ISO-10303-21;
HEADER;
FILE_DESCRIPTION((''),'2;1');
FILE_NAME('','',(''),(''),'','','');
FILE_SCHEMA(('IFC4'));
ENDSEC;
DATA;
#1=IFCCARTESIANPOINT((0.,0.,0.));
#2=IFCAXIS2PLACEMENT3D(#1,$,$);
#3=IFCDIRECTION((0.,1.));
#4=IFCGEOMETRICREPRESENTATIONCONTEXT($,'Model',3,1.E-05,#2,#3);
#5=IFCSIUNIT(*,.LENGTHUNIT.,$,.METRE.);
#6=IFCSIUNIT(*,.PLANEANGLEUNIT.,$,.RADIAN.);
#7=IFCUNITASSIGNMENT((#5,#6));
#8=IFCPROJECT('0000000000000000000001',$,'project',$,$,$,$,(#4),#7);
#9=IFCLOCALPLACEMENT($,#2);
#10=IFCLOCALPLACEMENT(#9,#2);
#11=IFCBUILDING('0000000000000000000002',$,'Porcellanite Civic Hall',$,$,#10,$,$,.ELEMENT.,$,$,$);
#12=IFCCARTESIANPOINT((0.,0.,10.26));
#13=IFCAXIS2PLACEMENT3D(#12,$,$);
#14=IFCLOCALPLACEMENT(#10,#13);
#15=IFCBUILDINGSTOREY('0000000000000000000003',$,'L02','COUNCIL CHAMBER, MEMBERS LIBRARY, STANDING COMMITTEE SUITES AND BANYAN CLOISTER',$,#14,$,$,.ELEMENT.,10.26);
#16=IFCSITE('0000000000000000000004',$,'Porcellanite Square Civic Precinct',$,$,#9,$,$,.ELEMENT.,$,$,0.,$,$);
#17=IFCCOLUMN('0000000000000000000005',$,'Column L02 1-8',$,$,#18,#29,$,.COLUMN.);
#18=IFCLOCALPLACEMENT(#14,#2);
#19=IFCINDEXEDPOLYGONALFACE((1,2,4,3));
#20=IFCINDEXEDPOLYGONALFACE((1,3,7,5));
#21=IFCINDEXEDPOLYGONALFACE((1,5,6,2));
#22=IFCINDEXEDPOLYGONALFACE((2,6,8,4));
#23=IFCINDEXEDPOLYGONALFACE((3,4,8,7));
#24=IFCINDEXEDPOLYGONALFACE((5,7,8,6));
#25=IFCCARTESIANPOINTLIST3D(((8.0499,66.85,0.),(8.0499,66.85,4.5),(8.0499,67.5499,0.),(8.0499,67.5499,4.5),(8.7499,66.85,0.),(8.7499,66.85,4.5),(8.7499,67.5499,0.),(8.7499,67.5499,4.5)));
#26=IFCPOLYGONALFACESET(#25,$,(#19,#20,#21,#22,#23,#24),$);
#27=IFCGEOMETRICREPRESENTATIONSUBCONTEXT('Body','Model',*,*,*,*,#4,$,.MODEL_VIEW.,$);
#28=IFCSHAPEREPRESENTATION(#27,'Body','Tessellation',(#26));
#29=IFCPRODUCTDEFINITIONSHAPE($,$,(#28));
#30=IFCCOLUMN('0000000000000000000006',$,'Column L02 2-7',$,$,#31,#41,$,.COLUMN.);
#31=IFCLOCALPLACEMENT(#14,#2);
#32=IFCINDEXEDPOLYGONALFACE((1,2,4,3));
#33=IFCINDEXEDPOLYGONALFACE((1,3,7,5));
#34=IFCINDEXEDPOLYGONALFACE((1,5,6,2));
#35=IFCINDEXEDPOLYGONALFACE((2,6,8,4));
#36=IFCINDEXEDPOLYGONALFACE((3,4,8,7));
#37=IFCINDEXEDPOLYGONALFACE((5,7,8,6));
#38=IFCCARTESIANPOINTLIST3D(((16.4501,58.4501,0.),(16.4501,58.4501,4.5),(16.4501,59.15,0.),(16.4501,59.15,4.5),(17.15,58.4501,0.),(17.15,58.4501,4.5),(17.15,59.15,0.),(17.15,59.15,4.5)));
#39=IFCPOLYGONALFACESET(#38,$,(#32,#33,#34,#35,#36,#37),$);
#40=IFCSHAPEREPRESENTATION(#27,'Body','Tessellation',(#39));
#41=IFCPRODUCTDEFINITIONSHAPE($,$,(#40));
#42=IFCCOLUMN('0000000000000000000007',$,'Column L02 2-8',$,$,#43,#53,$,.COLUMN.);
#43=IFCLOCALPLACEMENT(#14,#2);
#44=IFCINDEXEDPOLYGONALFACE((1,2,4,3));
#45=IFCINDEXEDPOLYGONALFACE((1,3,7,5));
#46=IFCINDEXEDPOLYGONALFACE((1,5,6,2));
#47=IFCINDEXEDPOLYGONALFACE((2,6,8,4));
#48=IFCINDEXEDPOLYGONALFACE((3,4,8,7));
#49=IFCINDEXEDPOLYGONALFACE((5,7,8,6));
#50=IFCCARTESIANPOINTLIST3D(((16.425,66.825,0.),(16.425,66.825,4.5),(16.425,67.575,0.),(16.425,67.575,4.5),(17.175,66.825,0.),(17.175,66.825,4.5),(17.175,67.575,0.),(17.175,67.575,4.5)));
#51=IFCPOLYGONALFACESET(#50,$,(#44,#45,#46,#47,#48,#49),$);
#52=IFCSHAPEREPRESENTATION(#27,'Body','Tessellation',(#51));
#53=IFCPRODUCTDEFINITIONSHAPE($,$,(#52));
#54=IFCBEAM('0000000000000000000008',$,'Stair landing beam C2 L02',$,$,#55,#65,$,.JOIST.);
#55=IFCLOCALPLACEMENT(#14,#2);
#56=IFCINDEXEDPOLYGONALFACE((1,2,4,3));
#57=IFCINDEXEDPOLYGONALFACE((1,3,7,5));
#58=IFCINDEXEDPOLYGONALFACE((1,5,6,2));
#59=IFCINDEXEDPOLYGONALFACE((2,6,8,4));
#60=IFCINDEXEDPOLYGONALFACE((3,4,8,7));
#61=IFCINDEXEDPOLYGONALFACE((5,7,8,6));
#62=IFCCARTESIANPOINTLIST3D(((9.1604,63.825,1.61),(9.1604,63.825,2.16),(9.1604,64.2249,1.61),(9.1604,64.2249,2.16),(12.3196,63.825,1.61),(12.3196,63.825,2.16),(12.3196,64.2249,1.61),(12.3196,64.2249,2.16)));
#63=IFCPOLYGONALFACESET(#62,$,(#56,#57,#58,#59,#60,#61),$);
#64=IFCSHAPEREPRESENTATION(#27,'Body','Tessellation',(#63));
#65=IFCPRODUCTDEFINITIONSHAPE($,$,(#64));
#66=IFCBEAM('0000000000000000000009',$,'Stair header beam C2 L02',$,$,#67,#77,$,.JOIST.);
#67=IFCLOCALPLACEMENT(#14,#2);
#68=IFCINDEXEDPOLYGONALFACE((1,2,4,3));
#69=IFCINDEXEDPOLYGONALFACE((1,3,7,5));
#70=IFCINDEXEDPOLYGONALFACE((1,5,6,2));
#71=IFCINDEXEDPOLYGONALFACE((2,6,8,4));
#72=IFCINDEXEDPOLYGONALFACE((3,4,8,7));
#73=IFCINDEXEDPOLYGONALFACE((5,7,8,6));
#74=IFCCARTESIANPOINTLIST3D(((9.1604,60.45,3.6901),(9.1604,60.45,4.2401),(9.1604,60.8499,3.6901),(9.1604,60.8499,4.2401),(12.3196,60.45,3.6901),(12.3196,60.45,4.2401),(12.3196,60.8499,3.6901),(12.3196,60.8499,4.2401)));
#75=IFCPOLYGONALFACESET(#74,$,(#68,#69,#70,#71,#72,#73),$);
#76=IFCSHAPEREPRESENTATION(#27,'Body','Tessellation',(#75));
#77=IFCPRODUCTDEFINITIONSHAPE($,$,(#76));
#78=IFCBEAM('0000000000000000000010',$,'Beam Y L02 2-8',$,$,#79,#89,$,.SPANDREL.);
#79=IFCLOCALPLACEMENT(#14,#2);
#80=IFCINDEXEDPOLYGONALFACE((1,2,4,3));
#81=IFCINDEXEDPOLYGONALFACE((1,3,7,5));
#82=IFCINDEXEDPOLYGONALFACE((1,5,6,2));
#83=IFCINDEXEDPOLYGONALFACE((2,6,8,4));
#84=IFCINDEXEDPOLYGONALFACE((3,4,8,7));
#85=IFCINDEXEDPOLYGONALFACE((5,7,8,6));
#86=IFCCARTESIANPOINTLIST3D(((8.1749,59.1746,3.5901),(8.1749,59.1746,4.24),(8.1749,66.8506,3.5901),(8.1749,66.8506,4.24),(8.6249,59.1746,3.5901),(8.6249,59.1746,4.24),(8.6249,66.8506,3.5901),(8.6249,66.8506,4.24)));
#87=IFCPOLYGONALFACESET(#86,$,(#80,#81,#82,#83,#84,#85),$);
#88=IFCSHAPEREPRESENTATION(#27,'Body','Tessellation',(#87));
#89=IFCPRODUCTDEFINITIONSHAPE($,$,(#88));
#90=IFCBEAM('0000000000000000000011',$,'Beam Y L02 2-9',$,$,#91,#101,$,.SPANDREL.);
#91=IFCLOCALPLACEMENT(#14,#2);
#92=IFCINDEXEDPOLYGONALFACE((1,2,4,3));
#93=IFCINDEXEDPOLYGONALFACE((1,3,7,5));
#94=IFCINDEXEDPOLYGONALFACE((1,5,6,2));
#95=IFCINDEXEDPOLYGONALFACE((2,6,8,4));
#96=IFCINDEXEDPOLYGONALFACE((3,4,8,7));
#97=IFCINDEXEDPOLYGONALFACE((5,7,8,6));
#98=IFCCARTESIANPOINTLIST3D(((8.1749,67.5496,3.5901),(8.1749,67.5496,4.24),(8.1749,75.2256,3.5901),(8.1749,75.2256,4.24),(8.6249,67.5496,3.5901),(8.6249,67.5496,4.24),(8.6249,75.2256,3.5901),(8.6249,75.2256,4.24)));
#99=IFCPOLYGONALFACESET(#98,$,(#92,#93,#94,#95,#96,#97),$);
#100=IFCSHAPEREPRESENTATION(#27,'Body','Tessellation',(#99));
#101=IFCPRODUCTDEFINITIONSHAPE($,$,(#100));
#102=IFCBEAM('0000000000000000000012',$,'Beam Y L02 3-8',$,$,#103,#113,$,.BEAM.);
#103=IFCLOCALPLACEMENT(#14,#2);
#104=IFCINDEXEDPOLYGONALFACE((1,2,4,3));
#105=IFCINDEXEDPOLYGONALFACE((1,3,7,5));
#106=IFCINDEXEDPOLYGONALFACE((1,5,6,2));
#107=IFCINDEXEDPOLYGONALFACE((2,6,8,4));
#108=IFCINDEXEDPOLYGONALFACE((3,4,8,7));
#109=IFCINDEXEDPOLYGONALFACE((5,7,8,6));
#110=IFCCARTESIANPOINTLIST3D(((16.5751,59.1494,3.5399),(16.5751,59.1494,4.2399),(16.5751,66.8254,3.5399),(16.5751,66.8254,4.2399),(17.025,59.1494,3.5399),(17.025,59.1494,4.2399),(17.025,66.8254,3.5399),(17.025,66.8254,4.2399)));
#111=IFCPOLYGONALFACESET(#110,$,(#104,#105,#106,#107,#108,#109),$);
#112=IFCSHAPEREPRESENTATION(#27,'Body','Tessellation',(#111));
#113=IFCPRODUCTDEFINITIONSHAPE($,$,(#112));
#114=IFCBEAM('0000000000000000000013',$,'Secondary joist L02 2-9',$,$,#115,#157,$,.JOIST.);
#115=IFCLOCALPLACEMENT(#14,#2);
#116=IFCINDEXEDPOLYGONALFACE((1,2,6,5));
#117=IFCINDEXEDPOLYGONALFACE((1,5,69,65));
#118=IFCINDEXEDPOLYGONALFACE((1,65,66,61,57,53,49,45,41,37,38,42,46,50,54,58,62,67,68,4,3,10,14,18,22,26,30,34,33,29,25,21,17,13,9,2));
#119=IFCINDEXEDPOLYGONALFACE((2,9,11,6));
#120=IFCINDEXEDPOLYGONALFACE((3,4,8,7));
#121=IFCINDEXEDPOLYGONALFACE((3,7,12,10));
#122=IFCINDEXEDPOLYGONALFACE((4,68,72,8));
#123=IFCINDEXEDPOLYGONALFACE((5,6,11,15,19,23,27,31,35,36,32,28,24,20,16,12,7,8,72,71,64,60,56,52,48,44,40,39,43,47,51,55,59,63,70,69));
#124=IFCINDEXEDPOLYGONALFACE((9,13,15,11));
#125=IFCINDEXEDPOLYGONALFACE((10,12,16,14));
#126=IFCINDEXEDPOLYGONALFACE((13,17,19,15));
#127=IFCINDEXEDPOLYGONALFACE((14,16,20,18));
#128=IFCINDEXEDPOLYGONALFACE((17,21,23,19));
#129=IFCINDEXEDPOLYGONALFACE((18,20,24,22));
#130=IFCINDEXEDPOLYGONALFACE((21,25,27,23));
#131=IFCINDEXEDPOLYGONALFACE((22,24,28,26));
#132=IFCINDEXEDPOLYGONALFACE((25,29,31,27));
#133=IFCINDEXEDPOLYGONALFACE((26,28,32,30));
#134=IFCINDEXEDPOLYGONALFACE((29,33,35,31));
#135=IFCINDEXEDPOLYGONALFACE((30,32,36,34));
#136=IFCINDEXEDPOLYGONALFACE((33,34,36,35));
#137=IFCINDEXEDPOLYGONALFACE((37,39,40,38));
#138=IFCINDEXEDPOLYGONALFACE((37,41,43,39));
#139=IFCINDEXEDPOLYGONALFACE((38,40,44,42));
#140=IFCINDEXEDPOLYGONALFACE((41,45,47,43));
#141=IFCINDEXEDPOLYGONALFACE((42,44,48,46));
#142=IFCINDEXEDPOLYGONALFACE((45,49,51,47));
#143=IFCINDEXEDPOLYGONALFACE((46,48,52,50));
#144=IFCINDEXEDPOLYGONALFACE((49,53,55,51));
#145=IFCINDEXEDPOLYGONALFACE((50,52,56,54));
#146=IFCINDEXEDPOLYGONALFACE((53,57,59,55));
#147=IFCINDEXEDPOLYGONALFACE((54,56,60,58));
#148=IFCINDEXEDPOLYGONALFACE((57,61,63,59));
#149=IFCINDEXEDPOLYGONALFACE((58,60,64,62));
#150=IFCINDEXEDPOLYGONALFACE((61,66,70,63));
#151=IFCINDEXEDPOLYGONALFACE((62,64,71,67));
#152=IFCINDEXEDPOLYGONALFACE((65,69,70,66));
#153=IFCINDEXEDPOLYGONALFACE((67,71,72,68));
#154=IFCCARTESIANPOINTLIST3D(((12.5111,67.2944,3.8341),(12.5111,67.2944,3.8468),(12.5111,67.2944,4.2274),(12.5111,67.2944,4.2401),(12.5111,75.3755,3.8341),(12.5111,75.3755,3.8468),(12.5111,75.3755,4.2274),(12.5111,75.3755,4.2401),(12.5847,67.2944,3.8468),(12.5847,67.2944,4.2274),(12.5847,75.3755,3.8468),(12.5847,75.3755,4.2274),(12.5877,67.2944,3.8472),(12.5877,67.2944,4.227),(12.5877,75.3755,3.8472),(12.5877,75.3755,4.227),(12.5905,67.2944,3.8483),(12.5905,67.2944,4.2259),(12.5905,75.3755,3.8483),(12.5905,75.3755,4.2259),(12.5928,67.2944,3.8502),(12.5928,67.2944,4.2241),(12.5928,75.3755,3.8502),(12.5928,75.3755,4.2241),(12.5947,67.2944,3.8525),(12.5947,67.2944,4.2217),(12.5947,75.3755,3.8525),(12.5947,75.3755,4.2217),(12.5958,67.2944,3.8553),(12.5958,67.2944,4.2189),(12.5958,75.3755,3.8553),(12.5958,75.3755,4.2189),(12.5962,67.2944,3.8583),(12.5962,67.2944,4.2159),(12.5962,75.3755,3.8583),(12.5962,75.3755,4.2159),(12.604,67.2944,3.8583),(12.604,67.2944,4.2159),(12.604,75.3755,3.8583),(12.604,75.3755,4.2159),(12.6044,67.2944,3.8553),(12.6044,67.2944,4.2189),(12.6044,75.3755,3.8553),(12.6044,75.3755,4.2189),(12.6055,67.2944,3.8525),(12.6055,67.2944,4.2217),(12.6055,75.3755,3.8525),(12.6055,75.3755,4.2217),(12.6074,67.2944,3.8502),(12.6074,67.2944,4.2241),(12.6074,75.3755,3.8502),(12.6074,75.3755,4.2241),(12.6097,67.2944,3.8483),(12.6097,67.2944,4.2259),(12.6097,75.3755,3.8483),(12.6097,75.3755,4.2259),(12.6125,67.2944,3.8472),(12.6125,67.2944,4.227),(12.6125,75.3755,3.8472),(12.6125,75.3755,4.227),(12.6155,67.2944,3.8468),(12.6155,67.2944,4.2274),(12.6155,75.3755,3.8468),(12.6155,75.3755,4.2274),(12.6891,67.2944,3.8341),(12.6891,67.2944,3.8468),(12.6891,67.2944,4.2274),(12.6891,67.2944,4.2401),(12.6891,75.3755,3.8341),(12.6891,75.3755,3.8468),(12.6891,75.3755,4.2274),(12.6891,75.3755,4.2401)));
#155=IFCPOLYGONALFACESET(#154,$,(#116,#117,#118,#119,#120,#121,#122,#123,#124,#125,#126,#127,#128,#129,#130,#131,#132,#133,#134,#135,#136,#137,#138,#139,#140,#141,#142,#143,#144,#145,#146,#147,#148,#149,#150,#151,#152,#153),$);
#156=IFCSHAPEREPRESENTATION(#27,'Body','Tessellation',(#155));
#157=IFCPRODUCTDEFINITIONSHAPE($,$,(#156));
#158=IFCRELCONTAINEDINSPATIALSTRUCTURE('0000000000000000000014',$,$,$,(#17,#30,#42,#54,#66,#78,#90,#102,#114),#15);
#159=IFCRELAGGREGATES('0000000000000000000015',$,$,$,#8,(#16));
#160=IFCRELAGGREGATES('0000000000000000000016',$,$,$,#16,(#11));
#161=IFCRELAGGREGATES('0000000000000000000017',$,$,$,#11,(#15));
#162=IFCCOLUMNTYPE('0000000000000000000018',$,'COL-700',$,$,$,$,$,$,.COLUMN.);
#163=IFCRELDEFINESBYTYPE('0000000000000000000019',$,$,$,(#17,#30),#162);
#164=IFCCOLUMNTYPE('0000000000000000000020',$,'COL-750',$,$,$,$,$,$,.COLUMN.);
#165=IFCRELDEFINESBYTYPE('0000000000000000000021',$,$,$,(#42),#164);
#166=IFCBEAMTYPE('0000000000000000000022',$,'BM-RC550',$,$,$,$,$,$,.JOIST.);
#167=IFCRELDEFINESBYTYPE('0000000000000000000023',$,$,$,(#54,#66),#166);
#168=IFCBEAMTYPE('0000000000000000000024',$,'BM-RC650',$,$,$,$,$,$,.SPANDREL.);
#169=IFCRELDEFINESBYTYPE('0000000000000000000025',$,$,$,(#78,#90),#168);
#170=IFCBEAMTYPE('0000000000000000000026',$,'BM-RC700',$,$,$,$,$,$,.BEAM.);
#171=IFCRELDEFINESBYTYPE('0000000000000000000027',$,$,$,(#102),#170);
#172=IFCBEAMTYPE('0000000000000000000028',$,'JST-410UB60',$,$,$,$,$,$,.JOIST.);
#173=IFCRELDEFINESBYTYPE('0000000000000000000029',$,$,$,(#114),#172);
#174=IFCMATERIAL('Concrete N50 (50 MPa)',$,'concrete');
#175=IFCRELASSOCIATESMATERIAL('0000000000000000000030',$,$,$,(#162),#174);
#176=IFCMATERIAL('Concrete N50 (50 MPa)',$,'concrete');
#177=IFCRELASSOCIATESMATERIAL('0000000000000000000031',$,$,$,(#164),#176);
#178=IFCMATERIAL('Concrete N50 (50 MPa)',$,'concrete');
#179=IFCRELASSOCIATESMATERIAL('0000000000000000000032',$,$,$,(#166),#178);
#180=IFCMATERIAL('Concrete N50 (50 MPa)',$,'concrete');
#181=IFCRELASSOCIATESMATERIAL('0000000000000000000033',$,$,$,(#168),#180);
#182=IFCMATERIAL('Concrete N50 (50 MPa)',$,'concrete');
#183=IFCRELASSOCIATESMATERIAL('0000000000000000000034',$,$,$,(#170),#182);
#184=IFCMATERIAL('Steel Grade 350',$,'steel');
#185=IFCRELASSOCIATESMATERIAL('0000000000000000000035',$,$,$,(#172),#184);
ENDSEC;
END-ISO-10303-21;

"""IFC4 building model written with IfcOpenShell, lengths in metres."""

from ifc_helpers import new_model, si_unit, direction, frame, origin, origin_2d, place, context, subcontext, project, spatial, rectangle, i_section, extrude, material, material_profile, profile_set, type_object, element, save


model = new_model("IFC4")

# Units and contexts
model_context = context("Model", 3, precision=1e-05, world=origin(), true_north=direction((0.0, 1.0)))
body_context = subcontext(model_context, "Body", "Model", "MODEL_VIEW")
ifc_project = project(units=[si_unit("LENGTHUNIT", "METRE"), si_unit("PLANEANGLEUNIT", "RADIAN")], contexts=[model_context])

# Site, building, storey
site_placement = place(None, origin())
site = spatial("IfcSite", under=ifc_project, at=site_placement, Name="Porcellanite Square Civic Precinct", CompositionType="ELEMENT", RefElevation=0.0)
building_placement = place(site_placement, origin())
building = spatial("IfcBuilding", under=site, at=building_placement, Name="Porcellanite Civic Hall", CompositionType="ELEMENT")
storey_placement = place(building_placement, frame((0.0, 0.0, 10.26)))
storey = spatial("IfcBuildingStorey", under=building, at=storey_placement, Name="L02", Description="COUNCIL CHAMBER, MEMBERS LIBRARY, STANDING COMMITTEE SUITES AND BANYAN CLOISTER", CompositionType="ELEMENT", Elevation=10.26)

# Columns
ifc_material_1 = material(Name="Concrete N50 (50 MPa)", Category="concrete")
ifc_material_profile_1 = material_profile(ifc_material_1, rectangle(XDim=0.7, YDim=0.7, at=origin_2d()), Name="RC-700x700")
ifc_profile_set_1 = profile_set([ifc_material_profile_1], Name="Concrete N50 (50 MPa)")
column_type_1 = type_object("IfcColumnType", Name="COL-700", PredefinedType="COLUMN", material=ifc_profile_set_1)
for number, where, z_axis, x_axis, name in (
    (1, (8.3999, 67.2, 0.0), (0.0, 0.0, 1.0), (1.0, 0.0, 0.0), "Column L02 1-8"),
    (2, (16.8, 58.8, 0.0), (0.0, 0.0, 1.0), (1.0, 0.0, 0.0), "Column L02 2-7"),
):
    element("IfcColumn", number, at=place(storey_placement, frame(where, z_axis=z_axis, x_axis=x_axis)), inside=storey, type_object=column_type_1, Name=name, PredefinedType="COLUMN", context=body_context, shape_type="SweptSolid", body=[
        extrude(rectangle(XDim=0.7, YDim=0.7, at=origin_2d()), origin(), (0.0, 0.0, 1.0), 4.5),
    ])
ifc_material_2 = material(Name="Concrete N50 (50 MPa)", Category="concrete")
ifc_material_profile_2 = material_profile(ifc_material_2, rectangle(XDim=0.75, YDim=0.75, at=origin_2d()), Name="RC-750x750")
ifc_profile_set_2 = profile_set([ifc_material_profile_2], Name="Concrete N50 (50 MPa)")
column_type_2 = type_object("IfcColumnType", Name="COL-750", PredefinedType="COLUMN", material=ifc_profile_set_2)
column_placement = place(storey_placement, frame((16.8, 67.2, 0.0), z_axis=(0.0, 0.0, 1.0), x_axis=(1.0, 0.0, 0.0)))
element("IfcColumn", 3, at=column_placement, inside=storey, type_object=column_type_2, Name="Column L02 2-8", PredefinedType="COLUMN", context=body_context, shape_type="SweptSolid", body=[
    extrude(rectangle(XDim=0.75, YDim=0.75, at=origin_2d()), origin(), (0.0, 0.0, 1.0), 4.5),
])

# Beams
ifc_material_3 = material(Name="Concrete N50 (50 MPa)", Category="concrete")
ifc_material_profile_3 = material_profile(ifc_material_3, rectangle(XDim=0.3999, YDim=0.55, at=origin_2d()), Name="RC-400x550")
ifc_profile_set_3 = profile_set([ifc_material_profile_3], Name="Concrete N50 (50 MPa)")
beam_type_1 = type_object("IfcBeamType", Name="BM-RC550", PredefinedType="JOIST", material=ifc_profile_set_3)
for number, where, z_axis, x_axis, name in (
    (4, (9.1604, 64.0249, 1.885), (1.0, 0.0, 0.0), (0.0, 1.0, 0.0), "Stair landing beam C2 L02"),
    (5, (9.1604, 60.6499, 3.9651), (1.0, 0.0, 0.0), (0.0, 1.0, 0.0), "Stair header beam C2 L02"),
):
    element("IfcBeam", number, at=place(storey_placement, frame(where, z_axis=z_axis, x_axis=x_axis)), inside=storey, type_object=beam_type_1, Name=name, PredefinedType="JOIST", context=body_context, shape_type="SweptSolid", body=[
        extrude(rectangle(XDim=0.3999, YDim=0.55, at=origin_2d()), origin(), (0.0, 0.0, 1.0), 3.1592),
    ])
ifc_material_4 = material(Name="Concrete N50 (50 MPa)", Category="concrete")
ifc_material_profile_4 = material_profile(ifc_material_4, rectangle(XDim=0.45, YDim=0.6499, at=origin_2d()), Name="RC-450x650")
ifc_profile_set_4 = profile_set([ifc_material_profile_4], Name="Concrete N50 (50 MPa)")
beam_type_2 = type_object("IfcBeamType", Name="BM-RC650", PredefinedType="SPANDREL", material=ifc_profile_set_4)
for number, where, z_axis, x_axis, name in (
    (6, (8.3999, 59.1746, 3.915), (0.0, 1.0, 0.0), (-1.0, 0.0, 0.0), "Beam Y L02 2-8"),
    (7, (8.3999, 67.5496, 3.915), (0.0, 1.0, 0.0), (-1.0, 0.0, 0.0), "Beam Y L02 2-9"),
):
    element("IfcBeam", number, at=place(storey_placement, frame(where, z_axis=z_axis, x_axis=x_axis)), inside=storey, type_object=beam_type_2, Name=name, PredefinedType="SPANDREL", context=body_context, shape_type="SweptSolid", body=[
        extrude(rectangle(XDim=0.45, YDim=0.6499, at=origin_2d()), origin(), (0.0, 0.0, 1.0), 7.676),
    ])
ifc_material_5 = material(Name="Concrete N50 (50 MPa)", Category="concrete")
ifc_material_profile_5 = material_profile(ifc_material_5, rectangle(XDim=0.45, YDim=0.7, at=origin_2d()), Name="RC-450x700")
ifc_profile_set_5 = profile_set([ifc_material_profile_5], Name="Concrete N50 (50 MPa)")
beam_type_3 = type_object("IfcBeamType", Name="BM-RC700", PredefinedType="BEAM", material=ifc_profile_set_5)
beam_1_placement = place(storey_placement, frame((16.8, 59.1494, 3.8899), z_axis=(0.0, 1.0, 0.0), x_axis=(-1.0, 0.0, 0.0)))
element("IfcBeam", 8, at=beam_1_placement, inside=storey, type_object=beam_type_3, Name="Beam Y L02 3-8", PredefinedType="BEAM", context=body_context, shape_type="SweptSolid", body=[
    extrude(rectangle(XDim=0.45, YDim=0.7, at=origin_2d()), origin(), (0.0, 0.0, 1.0), 7.676),
])
ifc_material_6 = material(Name="Steel Grade 350", Category="steel")
ifc_material_profile_6 = material_profile(ifc_material_6, i_section(OverallWidth=0.178, OverallDepth=0.406, WebThickness=0.0078, FlangeThickness=0.0127, FilletRadius=0.0115, at=origin_2d()), Name="410UB59.7")
ifc_profile_set_6 = profile_set([ifc_material_profile_6], Name="Steel Grade 350")
beam_type_4 = type_object("IfcBeamType", Name="JST-410UB60", PredefinedType="JOIST", material=ifc_profile_set_6)
beam_2_placement = place(storey_placement, frame((12.6001, 67.2944, 4.0371), z_axis=(0.0, 1.0, 0.0), x_axis=(-1.0, 0.0, 0.0)))
element("IfcBeam", 9, at=beam_2_placement, inside=storey, type_object=beam_type_4, Name="Secondary joist L02 2-9", PredefinedType="JOIST", context=body_context, shape_type="SweptSolid", body=[
    extrude(i_section(OverallWidth=0.178, OverallDepth=0.406, WebThickness=0.0078, FlangeThickness=0.0127, FilletRadius=0.0115, at=origin_2d()), origin(), (0.0, 0.0, 1.0), 8.0811),
])

save(model, "model.ifc")
